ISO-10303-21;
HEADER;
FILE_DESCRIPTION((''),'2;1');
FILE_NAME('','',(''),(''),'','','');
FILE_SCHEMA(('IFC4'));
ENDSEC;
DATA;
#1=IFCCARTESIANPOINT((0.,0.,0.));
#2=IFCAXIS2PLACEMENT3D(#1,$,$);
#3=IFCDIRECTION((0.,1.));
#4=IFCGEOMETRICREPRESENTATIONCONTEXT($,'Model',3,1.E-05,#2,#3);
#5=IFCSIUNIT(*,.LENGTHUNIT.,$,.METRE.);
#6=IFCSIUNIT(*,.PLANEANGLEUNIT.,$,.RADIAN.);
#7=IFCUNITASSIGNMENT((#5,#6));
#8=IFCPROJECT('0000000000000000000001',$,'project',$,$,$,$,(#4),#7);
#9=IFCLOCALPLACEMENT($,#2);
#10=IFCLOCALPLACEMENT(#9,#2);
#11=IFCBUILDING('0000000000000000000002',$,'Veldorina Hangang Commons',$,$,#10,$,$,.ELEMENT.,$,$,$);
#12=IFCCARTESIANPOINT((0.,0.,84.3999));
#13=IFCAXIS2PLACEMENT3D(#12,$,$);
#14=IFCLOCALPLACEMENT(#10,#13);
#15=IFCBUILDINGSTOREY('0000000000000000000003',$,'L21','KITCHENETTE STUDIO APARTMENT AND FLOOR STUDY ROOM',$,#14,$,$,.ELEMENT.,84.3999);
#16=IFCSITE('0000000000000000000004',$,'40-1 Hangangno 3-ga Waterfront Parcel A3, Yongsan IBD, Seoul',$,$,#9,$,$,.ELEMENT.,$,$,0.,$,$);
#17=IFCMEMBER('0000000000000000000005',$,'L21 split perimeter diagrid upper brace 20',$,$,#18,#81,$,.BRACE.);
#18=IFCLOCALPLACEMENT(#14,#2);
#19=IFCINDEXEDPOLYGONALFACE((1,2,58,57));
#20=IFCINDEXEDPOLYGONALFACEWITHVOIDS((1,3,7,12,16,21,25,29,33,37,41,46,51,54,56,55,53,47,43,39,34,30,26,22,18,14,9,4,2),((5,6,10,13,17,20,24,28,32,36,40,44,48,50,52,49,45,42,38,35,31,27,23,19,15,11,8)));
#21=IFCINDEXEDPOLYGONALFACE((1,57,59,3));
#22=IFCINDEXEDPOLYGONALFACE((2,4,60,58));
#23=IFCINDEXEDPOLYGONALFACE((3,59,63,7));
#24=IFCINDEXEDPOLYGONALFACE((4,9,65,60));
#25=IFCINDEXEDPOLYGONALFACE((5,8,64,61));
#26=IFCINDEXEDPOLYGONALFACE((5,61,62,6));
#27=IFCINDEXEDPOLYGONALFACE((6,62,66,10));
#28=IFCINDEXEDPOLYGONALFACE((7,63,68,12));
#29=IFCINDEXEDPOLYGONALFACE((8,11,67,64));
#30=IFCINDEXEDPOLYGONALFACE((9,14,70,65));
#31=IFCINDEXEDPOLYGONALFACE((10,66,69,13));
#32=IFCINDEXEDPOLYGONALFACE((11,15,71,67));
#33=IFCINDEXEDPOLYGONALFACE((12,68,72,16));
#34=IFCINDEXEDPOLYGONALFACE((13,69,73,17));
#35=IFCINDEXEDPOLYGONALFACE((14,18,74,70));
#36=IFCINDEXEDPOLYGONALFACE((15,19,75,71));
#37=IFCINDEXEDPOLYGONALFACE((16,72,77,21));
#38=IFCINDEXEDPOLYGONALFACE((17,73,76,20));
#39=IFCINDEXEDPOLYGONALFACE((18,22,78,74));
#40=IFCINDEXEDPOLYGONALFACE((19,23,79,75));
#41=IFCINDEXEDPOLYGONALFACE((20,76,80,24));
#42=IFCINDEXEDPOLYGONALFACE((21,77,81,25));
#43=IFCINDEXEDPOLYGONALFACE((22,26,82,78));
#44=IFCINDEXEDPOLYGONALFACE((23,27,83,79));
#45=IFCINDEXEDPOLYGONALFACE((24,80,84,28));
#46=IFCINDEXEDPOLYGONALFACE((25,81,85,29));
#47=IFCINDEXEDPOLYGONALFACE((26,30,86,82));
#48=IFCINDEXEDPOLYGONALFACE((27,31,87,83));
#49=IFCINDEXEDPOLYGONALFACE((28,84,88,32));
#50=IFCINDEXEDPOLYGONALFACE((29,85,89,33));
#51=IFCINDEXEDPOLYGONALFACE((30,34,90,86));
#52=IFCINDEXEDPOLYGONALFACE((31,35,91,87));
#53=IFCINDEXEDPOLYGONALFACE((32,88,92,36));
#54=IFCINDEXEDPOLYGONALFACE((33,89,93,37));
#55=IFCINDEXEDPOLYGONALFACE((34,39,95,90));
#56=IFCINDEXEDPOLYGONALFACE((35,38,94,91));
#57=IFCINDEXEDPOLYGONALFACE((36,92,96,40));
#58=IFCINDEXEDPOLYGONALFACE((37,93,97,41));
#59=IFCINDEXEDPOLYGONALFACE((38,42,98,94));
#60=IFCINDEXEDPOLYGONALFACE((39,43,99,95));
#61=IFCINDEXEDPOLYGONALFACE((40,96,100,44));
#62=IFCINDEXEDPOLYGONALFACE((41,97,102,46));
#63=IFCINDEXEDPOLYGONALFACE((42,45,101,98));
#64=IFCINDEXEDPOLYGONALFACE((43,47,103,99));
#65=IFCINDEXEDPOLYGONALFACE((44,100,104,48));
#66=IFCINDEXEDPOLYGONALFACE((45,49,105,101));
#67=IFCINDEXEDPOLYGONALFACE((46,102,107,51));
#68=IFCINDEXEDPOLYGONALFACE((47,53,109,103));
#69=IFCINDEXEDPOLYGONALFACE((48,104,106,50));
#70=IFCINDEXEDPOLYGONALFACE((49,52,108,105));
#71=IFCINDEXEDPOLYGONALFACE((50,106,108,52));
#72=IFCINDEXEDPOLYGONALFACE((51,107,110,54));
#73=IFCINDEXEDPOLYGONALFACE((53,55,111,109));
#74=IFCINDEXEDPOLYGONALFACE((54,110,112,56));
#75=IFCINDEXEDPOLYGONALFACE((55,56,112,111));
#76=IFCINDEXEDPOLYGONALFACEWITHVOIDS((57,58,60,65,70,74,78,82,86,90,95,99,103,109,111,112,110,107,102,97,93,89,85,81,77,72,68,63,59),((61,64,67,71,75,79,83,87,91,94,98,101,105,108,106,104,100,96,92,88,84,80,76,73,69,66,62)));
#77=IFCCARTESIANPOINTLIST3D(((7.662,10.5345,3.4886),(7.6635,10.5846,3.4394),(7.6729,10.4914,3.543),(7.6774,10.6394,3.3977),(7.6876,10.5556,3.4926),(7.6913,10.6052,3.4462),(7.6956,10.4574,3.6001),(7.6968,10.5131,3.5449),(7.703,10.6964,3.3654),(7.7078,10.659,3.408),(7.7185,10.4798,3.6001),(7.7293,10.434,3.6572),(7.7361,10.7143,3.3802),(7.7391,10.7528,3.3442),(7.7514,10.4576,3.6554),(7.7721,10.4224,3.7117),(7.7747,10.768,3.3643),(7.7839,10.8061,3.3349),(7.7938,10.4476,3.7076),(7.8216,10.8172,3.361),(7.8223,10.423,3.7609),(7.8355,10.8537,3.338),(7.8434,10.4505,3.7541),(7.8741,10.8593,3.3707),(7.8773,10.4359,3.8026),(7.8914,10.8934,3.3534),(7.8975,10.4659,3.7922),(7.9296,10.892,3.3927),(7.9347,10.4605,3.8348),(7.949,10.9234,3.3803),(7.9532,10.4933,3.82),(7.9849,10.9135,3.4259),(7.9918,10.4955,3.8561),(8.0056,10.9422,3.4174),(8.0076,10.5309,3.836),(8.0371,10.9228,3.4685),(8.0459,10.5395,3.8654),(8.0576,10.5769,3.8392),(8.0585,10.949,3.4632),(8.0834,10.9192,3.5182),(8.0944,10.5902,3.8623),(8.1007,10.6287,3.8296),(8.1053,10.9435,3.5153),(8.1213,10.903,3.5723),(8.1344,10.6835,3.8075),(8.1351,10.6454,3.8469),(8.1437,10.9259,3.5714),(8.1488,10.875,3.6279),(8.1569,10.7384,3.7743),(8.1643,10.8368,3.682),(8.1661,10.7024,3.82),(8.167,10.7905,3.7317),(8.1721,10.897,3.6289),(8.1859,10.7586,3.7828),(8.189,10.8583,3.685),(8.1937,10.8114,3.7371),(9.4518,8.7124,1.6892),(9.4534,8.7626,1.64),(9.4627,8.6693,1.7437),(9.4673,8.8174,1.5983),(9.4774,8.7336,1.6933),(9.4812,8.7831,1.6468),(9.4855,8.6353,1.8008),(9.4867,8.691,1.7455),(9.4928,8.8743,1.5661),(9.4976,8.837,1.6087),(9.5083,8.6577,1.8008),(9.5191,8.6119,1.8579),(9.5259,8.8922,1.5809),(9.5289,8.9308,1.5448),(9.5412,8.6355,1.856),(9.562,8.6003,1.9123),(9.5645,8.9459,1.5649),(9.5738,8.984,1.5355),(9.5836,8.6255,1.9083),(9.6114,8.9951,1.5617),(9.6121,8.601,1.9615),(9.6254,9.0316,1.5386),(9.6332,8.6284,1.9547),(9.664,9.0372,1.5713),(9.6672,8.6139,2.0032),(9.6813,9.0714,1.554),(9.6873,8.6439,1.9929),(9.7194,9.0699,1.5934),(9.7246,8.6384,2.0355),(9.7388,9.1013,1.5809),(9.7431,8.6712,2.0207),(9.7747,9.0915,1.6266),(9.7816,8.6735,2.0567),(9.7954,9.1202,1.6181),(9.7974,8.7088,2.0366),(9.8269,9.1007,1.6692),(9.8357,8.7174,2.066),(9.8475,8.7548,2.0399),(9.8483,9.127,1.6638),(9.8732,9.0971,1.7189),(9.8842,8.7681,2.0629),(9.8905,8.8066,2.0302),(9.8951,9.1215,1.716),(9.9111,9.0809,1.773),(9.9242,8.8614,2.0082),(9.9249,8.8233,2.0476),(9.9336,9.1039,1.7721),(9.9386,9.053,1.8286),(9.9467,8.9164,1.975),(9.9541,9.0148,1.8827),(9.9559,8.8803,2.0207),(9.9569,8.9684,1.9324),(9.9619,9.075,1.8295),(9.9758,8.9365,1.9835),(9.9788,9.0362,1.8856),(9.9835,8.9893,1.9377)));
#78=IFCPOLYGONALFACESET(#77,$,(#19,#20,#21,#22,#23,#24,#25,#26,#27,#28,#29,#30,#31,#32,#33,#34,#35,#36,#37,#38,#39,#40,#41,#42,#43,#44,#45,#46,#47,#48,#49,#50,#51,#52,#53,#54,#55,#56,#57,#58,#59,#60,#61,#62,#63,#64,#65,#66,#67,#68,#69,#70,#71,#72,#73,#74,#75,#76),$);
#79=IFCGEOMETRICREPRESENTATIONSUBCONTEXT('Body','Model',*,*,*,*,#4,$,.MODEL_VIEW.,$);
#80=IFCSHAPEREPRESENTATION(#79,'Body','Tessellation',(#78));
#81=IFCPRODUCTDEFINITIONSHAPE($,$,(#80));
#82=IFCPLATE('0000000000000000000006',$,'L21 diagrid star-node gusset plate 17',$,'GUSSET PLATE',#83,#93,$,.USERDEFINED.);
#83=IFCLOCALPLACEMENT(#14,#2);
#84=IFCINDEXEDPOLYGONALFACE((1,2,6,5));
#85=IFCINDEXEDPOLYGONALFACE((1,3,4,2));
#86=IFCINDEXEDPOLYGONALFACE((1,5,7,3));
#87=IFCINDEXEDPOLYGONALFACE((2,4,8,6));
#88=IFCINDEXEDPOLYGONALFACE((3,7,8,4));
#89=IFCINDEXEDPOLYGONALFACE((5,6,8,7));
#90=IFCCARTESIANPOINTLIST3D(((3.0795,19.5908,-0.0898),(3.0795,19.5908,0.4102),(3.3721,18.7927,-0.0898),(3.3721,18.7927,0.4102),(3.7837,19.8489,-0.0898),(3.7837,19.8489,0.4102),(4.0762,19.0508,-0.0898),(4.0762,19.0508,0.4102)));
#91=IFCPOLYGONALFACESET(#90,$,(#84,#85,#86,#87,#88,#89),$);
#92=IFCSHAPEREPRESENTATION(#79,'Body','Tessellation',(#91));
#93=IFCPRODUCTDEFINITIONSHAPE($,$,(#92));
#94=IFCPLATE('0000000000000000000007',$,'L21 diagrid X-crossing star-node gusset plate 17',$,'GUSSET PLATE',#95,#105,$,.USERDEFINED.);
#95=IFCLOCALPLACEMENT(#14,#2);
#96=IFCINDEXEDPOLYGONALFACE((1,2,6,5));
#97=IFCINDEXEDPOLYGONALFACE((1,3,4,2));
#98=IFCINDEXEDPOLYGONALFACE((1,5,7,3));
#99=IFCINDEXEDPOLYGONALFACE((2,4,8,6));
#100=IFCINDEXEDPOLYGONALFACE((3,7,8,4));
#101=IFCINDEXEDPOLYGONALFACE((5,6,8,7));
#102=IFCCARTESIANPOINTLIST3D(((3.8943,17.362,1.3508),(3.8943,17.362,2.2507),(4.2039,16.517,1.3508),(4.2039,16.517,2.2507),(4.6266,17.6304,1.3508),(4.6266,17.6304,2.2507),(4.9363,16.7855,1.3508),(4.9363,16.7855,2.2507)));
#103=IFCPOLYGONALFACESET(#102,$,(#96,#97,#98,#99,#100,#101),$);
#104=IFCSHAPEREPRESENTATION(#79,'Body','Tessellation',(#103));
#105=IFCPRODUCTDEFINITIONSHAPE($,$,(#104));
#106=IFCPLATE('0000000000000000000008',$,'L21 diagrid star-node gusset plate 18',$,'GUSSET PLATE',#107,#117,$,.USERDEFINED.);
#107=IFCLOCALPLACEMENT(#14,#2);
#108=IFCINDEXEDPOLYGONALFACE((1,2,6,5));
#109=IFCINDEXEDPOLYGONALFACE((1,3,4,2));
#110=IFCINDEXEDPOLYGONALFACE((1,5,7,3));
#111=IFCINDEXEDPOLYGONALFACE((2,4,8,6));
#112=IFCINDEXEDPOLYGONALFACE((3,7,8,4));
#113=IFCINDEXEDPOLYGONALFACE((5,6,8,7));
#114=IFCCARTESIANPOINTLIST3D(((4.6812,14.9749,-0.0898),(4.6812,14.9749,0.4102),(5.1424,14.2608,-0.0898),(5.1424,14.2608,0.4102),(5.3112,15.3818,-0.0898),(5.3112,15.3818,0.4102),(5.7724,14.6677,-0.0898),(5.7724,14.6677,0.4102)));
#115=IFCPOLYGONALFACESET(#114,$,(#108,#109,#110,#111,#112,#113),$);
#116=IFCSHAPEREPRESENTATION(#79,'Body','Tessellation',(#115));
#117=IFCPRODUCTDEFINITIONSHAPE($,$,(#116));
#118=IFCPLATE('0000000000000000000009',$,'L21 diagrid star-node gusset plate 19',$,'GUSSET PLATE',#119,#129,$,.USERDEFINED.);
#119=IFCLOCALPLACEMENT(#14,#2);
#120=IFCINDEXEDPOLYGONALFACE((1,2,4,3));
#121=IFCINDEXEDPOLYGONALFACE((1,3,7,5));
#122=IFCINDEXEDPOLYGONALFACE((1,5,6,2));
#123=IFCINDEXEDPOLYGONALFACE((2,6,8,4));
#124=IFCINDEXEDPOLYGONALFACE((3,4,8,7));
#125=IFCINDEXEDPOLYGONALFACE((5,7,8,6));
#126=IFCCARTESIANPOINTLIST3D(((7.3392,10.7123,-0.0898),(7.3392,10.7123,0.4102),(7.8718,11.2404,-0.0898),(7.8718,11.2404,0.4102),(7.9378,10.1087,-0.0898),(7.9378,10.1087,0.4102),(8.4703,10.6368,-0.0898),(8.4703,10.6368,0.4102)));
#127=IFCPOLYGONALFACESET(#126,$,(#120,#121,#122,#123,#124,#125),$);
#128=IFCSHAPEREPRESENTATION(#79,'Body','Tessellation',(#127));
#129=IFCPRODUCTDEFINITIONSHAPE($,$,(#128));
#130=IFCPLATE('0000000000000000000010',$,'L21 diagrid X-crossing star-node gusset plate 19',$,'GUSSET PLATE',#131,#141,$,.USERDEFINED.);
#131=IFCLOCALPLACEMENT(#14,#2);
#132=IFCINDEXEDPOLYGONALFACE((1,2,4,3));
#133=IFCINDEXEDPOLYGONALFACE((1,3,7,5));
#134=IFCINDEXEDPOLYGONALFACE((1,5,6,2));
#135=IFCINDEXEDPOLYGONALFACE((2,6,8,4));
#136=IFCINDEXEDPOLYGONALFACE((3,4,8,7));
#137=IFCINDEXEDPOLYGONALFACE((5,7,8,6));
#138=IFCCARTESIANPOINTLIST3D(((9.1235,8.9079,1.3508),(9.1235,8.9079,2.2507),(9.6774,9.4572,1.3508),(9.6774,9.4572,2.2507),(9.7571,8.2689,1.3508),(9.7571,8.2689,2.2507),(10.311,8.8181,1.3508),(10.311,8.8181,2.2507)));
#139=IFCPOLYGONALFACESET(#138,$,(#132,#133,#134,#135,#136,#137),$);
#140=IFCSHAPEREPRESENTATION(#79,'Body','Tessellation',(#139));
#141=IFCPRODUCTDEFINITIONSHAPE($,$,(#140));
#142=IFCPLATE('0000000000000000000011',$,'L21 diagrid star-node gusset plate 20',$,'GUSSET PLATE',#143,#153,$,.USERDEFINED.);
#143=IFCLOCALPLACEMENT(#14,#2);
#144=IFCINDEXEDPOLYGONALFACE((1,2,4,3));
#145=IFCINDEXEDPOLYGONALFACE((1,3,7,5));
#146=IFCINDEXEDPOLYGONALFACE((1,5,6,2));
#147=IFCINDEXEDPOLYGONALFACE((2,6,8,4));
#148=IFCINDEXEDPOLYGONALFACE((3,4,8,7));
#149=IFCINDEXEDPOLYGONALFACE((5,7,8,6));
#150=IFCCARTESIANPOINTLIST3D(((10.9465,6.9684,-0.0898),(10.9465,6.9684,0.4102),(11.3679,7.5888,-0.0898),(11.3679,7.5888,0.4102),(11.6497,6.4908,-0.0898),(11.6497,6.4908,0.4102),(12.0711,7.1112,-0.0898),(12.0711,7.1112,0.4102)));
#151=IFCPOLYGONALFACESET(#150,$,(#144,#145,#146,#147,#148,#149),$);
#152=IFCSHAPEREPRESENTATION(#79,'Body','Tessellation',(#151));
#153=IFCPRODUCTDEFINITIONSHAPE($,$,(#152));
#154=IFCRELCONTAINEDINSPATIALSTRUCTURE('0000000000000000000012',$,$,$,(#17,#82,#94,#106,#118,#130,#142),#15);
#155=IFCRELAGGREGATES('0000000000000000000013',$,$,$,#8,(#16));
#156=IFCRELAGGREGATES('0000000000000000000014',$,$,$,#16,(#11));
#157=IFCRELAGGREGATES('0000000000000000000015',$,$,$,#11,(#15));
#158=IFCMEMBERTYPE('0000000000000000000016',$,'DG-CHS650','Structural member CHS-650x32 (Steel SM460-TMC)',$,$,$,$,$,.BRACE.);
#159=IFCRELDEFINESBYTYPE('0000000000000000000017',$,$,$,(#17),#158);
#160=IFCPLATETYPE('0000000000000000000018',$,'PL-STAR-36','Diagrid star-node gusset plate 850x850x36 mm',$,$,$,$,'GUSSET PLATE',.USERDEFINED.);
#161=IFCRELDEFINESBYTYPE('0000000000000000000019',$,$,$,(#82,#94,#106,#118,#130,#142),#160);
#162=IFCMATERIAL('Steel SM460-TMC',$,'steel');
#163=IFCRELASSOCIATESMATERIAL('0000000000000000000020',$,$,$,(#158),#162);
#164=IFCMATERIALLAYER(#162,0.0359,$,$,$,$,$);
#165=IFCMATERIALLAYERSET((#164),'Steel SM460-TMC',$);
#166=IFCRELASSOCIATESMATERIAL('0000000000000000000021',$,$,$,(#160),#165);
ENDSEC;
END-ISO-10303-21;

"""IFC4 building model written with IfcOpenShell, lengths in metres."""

from ifc_helpers import new_model, si_unit, direction, frame, origin, origin_2d, place, context, subcontext, project, spatial, rectangle, hollow_circle, extrude, material, layer, layer_set, material_profile, profile_set, type_object, element, save


model = new_model("IFC4")

# Units and contexts
model_context = context("Model", 3, precision=1e-05, world=origin(), true_north=direction((0.0, 1.0)))
body_context = subcontext(model_context, "Body", "Model", "MODEL_VIEW")
ifc_project = project(units=[si_unit("LENGTHUNIT", "METRE"), si_unit("PLANEANGLEUNIT", "RADIAN")], contexts=[model_context])

# Site, building, storey
site_placement = place(None, origin())
site = spatial("IfcSite", under=ifc_project, at=site_placement, Name="40-1 Hangangno 3-ga Waterfront Parcel A3, Yongsan IBD, Seoul", CompositionType="ELEMENT", RefElevation=0.0)
building_placement = place(site_placement, origin())
building = spatial("IfcBuilding", under=site, at=building_placement, Name="Veldorina Hangang Commons", CompositionType="ELEMENT")
storey_placement = place(building_placement, frame((0.0, 0.0, 84.3999)))
storey = spatial("IfcBuildingStorey", under=building, at=storey_placement, Name="L21", Description="KITCHENETTE STUDIO APARTMENT AND FLOOR STUDY ROOM", CompositionType="ELEMENT", Elevation=84.3999)

# Member
ifc_material_1 = material(Name="Steel SM460-TMC", Category="steel")
ifc_material_profile_1 = material_profile(ifc_material_1, hollow_circle(Radius=0.325, WallThickness=0.032, at=origin_2d()), Name="CHS-650x32")
ifc_profile_set_1 = profile_set([ifc_material_profile_1], Name="Steel SM460-TMC")
member_type = type_object("IfcMemberType", Name="DG-CHS650", Description="Structural member CHS-650x32 (Steel SM460-TMC)", PredefinedType="BRACE", material=ifc_profile_set_1)
member_1_placement = place(storey_placement, frame((9.7173, 8.863, 1.8008), z_axis=(-0.57288, 0.583195, 0.575927), x_axis=(-0.713388, -0.70077, 0.0)))
element("IfcMember", 1, at=member_1_placement, inside=storey, type_object=member_type, Name="L21 split perimeter diagrid upper brace 20", PredefinedType="BRACE", context=body_context, shape_type="SweptSolid", body=[
    extrude(hollow_circle(Radius=0.325, WallThickness=0.032, at=origin_2d()), origin(), (0.0, 0.0, 1.0), 3.1243),
])

# Plates
ifc_layer_1 = layer(ifc_material_1, 0.0359)
ifc_layer_set_1 = layer_set([ifc_layer_1], Name="Steel SM460-TMC")
plate_type = type_object("IfcPlateType", Name="PL-STAR-36", Description="Diagrid star-node gusset plate 850x850x36 mm", ElementType="GUSSET PLATE", PredefinedType="USERDEFINED", material=ifc_layer_set_1)
plate_1_placement = place(storey_placement, frame((3.5779, 19.3208, -0.0898), z_axis=(0.0, 0.0, 1.0), x_axis=(0.344119, -0.938926, 0.0)))
element("IfcPlate", 2, at=plate_1_placement, inside=storey, type_object=plate_type, Name="L21 diagrid star-node gusset plate 17", ObjectType="GUSSET PLATE", PredefinedType="USERDEFINED", context=body_context, shape_type="SweptSolid", body=[
    extrude(rectangle(XDim=0.8501, YDim=0.75, at=origin_2d()), origin(), (0.0, 0.0, 1.0), 0.5),
])
plate_2_placement = place(storey_placement, frame((4.4153, 17.0737, 1.3508), z_axis=(0.0, 0.0, 1.0), x_axis=(0.344119, -0.938926, 0.0)))
element("IfcPlate", 3, at=plate_2_placement, inside=storey, type_object=plate_type, Name="L21 diagrid X-crossing star-node gusset plate 17", ObjectType="GUSSET PLATE", PredefinedType="USERDEFINED", context=body_context, shape_type="SweptSolid", body=[
    extrude(rectangle(XDim=0.8999, YDim=0.78, at=origin_2d()), origin(), (0.0, 0.0, 1.0), 0.8999),
])
for number, where, z_axis, x_axis, name in (
    (4, (5.2268, 14.8213, -0.0898), (0.0, 0.0, 1.0), (0.5425, -0.840056, 0.0), "L21 diagrid star-node gusset plate 18"),
    (5, (7.9048, 10.6746, -0.0898), (0.0, 0.0, 1.0), (0.704101, -0.710099, 0.0), "L21 diagrid star-node gusset plate 19"),
):
    element("IfcPlate", number, at=place(storey_placement, frame(where, z_axis=z_axis, x_axis=x_axis)), inside=storey, type_object=plate_type, Name=name, ObjectType="GUSSET PLATE", PredefinedType="USERDEFINED", context=body_context, shape_type="SweptSolid", body=[
        extrude(rectangle(XDim=0.8501, YDim=0.75, at=origin_2d()), origin(), (0.0, 0.0, 1.0), 0.5),
    ])
plate_3_placement = place(storey_placement, frame((9.7173, 8.863, 1.3508), z_axis=(0.0, 0.0, 1.0), x_axis=(0.704101, -0.710099, 0.0)))
element("IfcPlate", 6, at=plate_3_placement, inside=storey, type_object=plate_type, Name="L21 diagrid X-crossing star-node gusset plate 19", ObjectType="GUSSET PLATE", PredefinedType="USERDEFINED", context=body_context, shape_type="SweptSolid", body=[
    extrude(rectangle(XDim=0.8999, YDim=0.78, at=origin_2d()), origin(), (0.0, 0.0, 1.0), 0.8999),
])
plate_4_placement = place(storey_placement, frame((11.5088, 7.0398, -0.0898), z_axis=(0.0, 0.0, 1.0), x_axis=(0.827218, -0.561881, 0.0)))
element("IfcPlate", 7, at=plate_4_placement, inside=storey, type_object=plate_type, Name="L21 diagrid star-node gusset plate 20", ObjectType="GUSSET PLATE", PredefinedType="USERDEFINED", context=body_context, shape_type="SweptSolid", body=[
    extrude(rectangle(XDim=0.8501, YDim=0.75, at=origin_2d()), origin(), (0.0, 0.0, 1.0), 0.5),
])

save(model, "model.ifc")
